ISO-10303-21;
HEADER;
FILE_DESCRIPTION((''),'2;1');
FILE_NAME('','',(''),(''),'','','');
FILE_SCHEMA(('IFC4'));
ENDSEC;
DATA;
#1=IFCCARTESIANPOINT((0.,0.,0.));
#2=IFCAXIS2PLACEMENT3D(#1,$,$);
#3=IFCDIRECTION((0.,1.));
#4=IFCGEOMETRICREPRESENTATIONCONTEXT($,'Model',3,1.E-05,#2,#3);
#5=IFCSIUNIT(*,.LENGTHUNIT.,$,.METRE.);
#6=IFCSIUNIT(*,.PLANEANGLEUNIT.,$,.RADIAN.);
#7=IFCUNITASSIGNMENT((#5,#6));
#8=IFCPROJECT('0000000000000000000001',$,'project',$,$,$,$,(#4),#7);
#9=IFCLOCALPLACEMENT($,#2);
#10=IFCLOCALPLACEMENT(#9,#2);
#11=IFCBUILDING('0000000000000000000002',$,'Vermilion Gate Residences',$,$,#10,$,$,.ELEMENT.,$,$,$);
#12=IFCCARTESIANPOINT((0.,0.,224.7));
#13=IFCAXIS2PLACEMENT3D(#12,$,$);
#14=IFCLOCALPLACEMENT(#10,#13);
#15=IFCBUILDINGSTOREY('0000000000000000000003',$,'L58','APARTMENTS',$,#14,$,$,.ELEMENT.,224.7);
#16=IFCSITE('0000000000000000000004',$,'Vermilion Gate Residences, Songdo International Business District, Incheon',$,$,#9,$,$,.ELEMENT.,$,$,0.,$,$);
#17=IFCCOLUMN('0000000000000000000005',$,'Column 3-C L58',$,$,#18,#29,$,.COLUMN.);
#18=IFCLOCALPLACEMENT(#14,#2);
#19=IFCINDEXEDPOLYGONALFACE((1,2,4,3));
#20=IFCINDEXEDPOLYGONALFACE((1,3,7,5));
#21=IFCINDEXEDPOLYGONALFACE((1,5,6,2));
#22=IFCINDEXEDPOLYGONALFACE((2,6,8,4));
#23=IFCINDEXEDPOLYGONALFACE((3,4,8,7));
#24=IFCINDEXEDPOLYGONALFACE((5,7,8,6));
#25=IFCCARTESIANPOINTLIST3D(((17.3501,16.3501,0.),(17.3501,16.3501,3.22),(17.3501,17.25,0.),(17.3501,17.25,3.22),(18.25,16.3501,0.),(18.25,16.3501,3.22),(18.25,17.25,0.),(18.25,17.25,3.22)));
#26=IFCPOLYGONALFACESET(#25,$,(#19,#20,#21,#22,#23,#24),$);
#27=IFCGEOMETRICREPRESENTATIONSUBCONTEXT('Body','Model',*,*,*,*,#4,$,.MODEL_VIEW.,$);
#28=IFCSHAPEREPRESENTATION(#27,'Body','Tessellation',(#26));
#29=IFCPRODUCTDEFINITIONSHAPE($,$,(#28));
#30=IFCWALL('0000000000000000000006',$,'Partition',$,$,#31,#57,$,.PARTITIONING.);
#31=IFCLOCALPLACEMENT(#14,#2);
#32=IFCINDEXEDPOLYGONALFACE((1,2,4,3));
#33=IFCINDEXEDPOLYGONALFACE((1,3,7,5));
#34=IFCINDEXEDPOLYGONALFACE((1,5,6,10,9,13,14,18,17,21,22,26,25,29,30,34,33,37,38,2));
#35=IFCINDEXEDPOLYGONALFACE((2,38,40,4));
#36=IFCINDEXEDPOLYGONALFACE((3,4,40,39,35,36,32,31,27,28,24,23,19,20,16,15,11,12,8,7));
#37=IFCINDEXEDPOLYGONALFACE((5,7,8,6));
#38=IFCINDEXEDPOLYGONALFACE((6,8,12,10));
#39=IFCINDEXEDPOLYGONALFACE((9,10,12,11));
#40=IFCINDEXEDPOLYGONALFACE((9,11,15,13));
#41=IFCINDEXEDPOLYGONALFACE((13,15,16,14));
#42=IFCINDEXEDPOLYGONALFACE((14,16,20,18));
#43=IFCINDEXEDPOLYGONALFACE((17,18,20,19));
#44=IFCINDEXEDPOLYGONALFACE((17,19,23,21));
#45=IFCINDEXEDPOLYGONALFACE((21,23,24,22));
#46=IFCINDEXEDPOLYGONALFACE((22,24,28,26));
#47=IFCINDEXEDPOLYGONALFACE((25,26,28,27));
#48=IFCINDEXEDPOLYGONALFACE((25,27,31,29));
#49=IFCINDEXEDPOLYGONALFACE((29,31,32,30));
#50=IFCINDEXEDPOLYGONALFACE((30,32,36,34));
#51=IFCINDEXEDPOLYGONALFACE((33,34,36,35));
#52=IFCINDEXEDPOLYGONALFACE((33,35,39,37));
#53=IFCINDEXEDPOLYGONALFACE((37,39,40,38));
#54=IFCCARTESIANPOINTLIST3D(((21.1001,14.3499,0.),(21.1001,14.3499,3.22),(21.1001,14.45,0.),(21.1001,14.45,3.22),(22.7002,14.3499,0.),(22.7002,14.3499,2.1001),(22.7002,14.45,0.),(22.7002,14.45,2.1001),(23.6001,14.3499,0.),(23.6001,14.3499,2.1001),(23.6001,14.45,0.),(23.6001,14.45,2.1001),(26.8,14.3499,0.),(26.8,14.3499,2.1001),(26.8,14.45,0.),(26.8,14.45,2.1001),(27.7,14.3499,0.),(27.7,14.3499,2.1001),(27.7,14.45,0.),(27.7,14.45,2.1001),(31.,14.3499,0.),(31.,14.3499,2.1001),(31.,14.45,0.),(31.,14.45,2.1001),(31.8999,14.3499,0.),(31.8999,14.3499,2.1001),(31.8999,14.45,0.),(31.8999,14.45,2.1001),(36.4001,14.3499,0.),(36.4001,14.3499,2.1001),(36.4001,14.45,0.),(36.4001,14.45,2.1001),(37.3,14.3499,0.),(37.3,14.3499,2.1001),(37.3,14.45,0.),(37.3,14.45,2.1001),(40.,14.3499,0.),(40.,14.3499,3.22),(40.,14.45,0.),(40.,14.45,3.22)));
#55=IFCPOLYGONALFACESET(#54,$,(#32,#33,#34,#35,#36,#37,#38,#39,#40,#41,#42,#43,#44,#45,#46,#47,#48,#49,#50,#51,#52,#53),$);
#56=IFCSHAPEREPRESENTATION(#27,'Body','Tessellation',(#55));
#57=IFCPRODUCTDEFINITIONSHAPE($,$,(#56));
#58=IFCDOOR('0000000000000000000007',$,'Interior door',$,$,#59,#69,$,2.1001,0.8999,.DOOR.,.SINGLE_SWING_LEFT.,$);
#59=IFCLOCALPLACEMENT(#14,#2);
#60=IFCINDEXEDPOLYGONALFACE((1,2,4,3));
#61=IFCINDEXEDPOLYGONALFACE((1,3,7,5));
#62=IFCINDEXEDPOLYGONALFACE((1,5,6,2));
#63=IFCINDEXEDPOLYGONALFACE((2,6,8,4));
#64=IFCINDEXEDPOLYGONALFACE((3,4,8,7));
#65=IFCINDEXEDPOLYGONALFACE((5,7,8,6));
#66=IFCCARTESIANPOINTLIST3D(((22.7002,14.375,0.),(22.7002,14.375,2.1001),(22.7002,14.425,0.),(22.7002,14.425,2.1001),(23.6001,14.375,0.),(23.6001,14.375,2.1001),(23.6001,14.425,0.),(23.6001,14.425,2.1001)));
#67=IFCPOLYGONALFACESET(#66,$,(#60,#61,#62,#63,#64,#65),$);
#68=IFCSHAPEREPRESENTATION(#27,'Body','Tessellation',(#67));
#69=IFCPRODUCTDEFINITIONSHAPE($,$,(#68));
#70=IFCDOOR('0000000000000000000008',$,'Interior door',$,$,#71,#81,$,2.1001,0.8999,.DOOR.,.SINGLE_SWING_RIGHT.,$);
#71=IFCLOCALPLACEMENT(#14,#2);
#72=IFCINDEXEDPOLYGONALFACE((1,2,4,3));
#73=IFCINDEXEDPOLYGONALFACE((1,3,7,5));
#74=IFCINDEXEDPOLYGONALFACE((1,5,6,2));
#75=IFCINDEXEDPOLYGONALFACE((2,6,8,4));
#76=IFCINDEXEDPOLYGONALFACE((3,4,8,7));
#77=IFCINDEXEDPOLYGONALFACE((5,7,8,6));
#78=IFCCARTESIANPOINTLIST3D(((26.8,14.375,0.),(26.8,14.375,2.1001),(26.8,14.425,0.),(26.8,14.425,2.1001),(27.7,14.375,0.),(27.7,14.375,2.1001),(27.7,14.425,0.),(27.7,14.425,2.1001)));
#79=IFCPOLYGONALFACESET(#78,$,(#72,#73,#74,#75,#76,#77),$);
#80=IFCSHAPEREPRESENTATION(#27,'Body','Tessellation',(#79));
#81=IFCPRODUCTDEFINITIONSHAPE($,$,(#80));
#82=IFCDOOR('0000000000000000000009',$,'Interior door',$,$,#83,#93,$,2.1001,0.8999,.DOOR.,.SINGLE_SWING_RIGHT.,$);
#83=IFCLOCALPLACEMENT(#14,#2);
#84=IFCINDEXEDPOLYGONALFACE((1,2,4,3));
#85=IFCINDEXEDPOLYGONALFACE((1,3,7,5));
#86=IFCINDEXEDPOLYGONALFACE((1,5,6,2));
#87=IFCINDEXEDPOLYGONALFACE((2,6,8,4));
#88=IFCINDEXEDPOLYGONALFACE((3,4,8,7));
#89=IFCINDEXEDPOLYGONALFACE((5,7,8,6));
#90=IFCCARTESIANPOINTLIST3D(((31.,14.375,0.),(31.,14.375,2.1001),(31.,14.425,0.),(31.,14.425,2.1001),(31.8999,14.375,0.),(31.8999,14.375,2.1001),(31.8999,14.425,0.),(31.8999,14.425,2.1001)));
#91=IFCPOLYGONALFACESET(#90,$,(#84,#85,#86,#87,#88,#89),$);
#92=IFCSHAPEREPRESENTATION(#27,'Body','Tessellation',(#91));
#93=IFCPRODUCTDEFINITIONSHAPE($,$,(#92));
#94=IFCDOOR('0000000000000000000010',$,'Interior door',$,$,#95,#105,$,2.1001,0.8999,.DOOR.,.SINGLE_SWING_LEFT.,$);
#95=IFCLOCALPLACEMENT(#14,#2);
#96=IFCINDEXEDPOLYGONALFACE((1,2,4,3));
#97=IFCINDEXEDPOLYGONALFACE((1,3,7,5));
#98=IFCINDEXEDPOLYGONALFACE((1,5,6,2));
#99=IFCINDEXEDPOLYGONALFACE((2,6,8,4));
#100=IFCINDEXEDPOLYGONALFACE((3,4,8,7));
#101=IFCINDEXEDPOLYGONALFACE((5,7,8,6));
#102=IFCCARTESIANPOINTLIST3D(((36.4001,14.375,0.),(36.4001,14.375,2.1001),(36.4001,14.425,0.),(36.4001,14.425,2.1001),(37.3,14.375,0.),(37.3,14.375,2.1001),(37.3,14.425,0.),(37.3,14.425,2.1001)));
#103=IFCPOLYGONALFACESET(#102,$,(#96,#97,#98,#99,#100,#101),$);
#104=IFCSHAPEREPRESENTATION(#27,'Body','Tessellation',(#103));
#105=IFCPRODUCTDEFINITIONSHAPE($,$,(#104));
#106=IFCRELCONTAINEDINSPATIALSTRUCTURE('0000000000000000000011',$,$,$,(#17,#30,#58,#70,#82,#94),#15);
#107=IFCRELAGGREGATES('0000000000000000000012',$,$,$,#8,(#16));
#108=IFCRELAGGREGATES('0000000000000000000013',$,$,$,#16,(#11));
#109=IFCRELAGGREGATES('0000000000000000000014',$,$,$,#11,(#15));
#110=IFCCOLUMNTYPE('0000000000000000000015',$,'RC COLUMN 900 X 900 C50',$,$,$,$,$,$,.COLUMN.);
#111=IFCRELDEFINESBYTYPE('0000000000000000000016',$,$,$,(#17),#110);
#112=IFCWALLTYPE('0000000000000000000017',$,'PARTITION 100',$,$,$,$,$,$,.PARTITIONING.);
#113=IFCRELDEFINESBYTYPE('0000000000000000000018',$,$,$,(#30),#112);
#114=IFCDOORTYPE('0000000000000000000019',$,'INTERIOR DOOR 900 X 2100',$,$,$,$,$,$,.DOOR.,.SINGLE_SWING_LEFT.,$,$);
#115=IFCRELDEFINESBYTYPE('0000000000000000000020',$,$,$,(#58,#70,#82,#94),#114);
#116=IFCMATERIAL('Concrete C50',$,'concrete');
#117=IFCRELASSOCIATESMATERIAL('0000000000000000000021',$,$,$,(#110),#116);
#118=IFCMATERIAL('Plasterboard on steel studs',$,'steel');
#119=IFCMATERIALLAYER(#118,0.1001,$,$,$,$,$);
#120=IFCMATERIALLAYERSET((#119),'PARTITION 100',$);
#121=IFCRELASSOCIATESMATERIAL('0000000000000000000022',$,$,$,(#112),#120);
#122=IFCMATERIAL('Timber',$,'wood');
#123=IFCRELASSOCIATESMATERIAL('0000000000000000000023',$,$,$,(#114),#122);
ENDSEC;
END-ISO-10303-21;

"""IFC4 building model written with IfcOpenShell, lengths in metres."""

from ifc_helpers import new_model, si_unit, direction, frame, frame_2d, origin, origin_2d, place, context, subcontext, project, spatial, rectangle, extrude, material, layer, layer_set, material_profile, profile_set, type_object, element, fill, save


model = new_model("IFC4")

# Units and contexts
model_context = context("Model", 3, precision=1e-05, world=origin(), true_north=direction((0.0, 1.0)))
body_context = subcontext(model_context, "Body", "Model", "MODEL_VIEW")
ifc_project = project(units=[si_unit("LENGTHUNIT", "METRE"), si_unit("PLANEANGLEUNIT", "RADIAN")], contexts=[model_context])

# Site, building, storey
site_placement = place(None, origin())
site = spatial("IfcSite", under=ifc_project, at=site_placement, Name="Vermilion Gate Residences, Songdo International Business District, Incheon", CompositionType="ELEMENT", RefElevation=0.0)
building_placement = place(site_placement, origin())
building = spatial("IfcBuilding", under=site, at=building_placement, Name="Vermilion Gate Residences", CompositionType="ELEMENT")
storey_placement = place(building_placement, frame((0.0, 0.0, 224.7)))
storey = spatial("IfcBuildingStorey", under=building, at=storey_placement, Name="L58", Description="APARTMENTS", CompositionType="ELEMENT", Elevation=224.7)

# Column
ifc_material_1 = material(Name="Concrete C50", Category="concrete")
ifc_material_profile = material_profile(ifc_material_1, rectangle(XDim=0.8999, YDim=0.8999, at=origin_2d()), Name="RC-900x900")
ifc_profile_set = profile_set([ifc_material_profile], Name="Concrete C50")
column_type = type_object("IfcColumnType", Name="RC COLUMN 900 X 900 C50", PredefinedType="COLUMN", material=ifc_profile_set)
column_placement = place(storey_placement, frame((17.8, 16.8, 0.0), z_axis=(0.0, 0.0, 1.0), x_axis=(1.0, 0.0, 0.0)))
element("IfcColumn", 1, at=column_placement, inside=storey, type_object=column_type, Name="Column 3-C L58", PredefinedType="COLUMN", context=body_context, shape_type="SweptSolid", body=[
    extrude(rectangle(XDim=0.8999, YDim=0.8999, at=origin_2d()), origin(), (0.0, 0.0, 1.0), 3.22),
])

# Wall, openings, doors
ifc_material_2 = material(Name="Plasterboard on steel studs", Category="steel")
ifc_layer_1 = layer(ifc_material_2, 0.1001)
ifc_layer_set_1 = layer_set([ifc_layer_1], Name="PARTITION 100")
wall_type_1 = type_object("IfcWallType", Name="PARTITION 100", PredefinedType="PARTITIONING", material=ifc_layer_set_1)
wall_1_placement = place(storey_placement, frame((21.1001, 14.3999, 0.0), z_axis=(0.0, 0.0, 1.0), x_axis=(1.0, 0.0, 0.0)))
wall_1 = element("IfcWall", 2, at=wall_1_placement, inside=storey, type_object=wall_type_1, Name="Partition", PredefinedType="PARTITIONING", context=body_context, shape_type="SweptSolid", body=[
    extrude(rectangle(XDim=18.8999, YDim=0.1001, at=frame_2d((9.45, 0.0))), origin(), (0.0, 0.0, 1.0), 3.22),
])
opening_1_placement = place(wall_1_placement, frame((1.6001, 0.0, 0.0)))
opening_1 = element("IfcOpeningElement", 3, at=opening_1_placement, cuts=wall_1, PredefinedType="OPENING", context=body_context, shape_type="SweptSolid", body=[
    extrude(rectangle(XDim=0.8999, YDim=2.1001, at=frame_2d((0.45, 1.05))), frame((0.0, 0.0601, 0.0), z_axis=(0.0, -1.0, 0.0), x_axis=(1.0, 0.0, 0.0)), (0.0, 0.0, 1.0), 0.1201),
])
opening_2_placement = place(wall_1_placement, frame((5.7, 0.0, 0.0)))
opening_2 = element("IfcOpeningElement", 4, at=opening_2_placement, cuts=wall_1, PredefinedType="OPENING", context=body_context, shape_type="SweptSolid", body=[
    extrude(rectangle(XDim=0.8999, YDim=2.1001, at=frame_2d((0.45, 1.05))), frame((0.0, 0.0601, 0.0), z_axis=(0.0, -1.0, 0.0), x_axis=(1.0, 0.0, 0.0)), (0.0, 0.0, 1.0), 0.1201),
])
opening_3_placement = place(wall_1_placement, frame((9.8999, 0.0, 0.0)))
opening_3 = element("IfcOpeningElement", 5, at=opening_3_placement, cuts=wall_1, PredefinedType="OPENING", context=body_context, shape_type="SweptSolid", body=[
    extrude(rectangle(XDim=0.8999, YDim=2.1001, at=frame_2d((0.45, 1.05))), frame((0.0, 0.0601, 0.0), z_axis=(0.0, -1.0, 0.0), x_axis=(1.0, 0.0, 0.0)), (0.0, 0.0, 1.0), 0.1201),
])
opening_4_placement = place(wall_1_placement, frame((15.3, 0.0, 0.0)))
opening_4 = element("IfcOpeningElement", 6, at=opening_4_placement, cuts=wall_1, PredefinedType="OPENING", context=body_context, shape_type="SweptSolid", body=[
    extrude(rectangle(XDim=0.8999, YDim=2.1001, at=frame_2d((0.45, 1.05))), frame((0.0, 0.0601, 0.0), z_axis=(0.0, -1.0, 0.0), x_axis=(1.0, 0.0, 0.0)), (0.0, 0.0, 1.0), 0.1201),
])
ifc_material_3 = material(Name="Timber", Category="wood")
door_type_1 = type_object("IfcDoorType", Name="INTERIOR DOOR 900 X 2100", OperationType="SINGLE_SWING_LEFT", PredefinedType="DOOR", material=ifc_material_3)
door_1_placement = place(opening_1_placement, frame((0.8999, 0.0, 0.0), z_axis=(0.0, 0.0, 1.0), x_axis=(-1.0, 0.0, 0.0)))
door_1 = element("IfcDoor", 7, at=door_1_placement, inside=storey, type_object=door_type_1, Name="Interior door", OperationType="SINGLE_SWING_LEFT", OverallHeight=2.1001, OverallWidth=0.8999, PredefinedType="DOOR", context=body_context, shape_type="SweptSolid", body=[
    extrude(rectangle(XDim=0.8999, YDim=2.1001, at=frame_2d((0.45, 1.05))), frame((0.0, 0.0249, 0.0), z_axis=(0.0, -1.0, 0.0), x_axis=(1.0, 0.0, 0.0)), (0.0, 0.0, 1.0), 0.05),
])
fill(opening_1, door_1)
door_2_placement = place(opening_2_placement, frame((0.8999, 0.0, 0.0), z_axis=(0.0, 0.0, 1.0), x_axis=(-1.0, 0.0, 0.0)))
door_2 = element("IfcDoor", 8, at=door_2_placement, inside=storey, type_object=door_type_1, Name="Interior door", OperationType="SINGLE_SWING_RIGHT", OverallHeight=2.1001, OverallWidth=0.8999, PredefinedType="DOOR", context=body_context, shape_type="SweptSolid", body=[
    extrude(rectangle(XDim=0.8999, YDim=2.1001, at=frame_2d((0.45, 1.05))), frame((0.0, 0.0249, 0.0), z_axis=(0.0, -1.0, 0.0), x_axis=(1.0, 0.0, 0.0)), (0.0, 0.0, 1.0), 0.05),
])
fill(opening_2, door_2)
door_3_placement = place(opening_3_placement, frame((0.8999, 0.0, 0.0), z_axis=(0.0, 0.0, 1.0), x_axis=(-1.0, 0.0, 0.0)))
door_3 = element("IfcDoor", 9, at=door_3_placement, inside=storey, type_object=door_type_1, Name="Interior door", OperationType="SINGLE_SWING_RIGHT", OverallHeight=2.1001, OverallWidth=0.8999, PredefinedType="DOOR", context=body_context, shape_type="SweptSolid", body=[
    extrude(rectangle(XDim=0.8999, YDim=2.1001, at=frame_2d((0.45, 1.05))), frame((0.0, 0.0249, 0.0), z_axis=(0.0, -1.0, 0.0), x_axis=(1.0, 0.0, 0.0)), (0.0, 0.0, 1.0), 0.05),
])
fill(opening_3, door_3)
door_4_placement = place(opening_4_placement, frame((0.8999, 0.0, 0.0), z_axis=(0.0, 0.0, 1.0), x_axis=(-1.0, 0.0, 0.0)))
door_4 = element("IfcDoor", 10, at=door_4_placement, inside=storey, type_object=door_type_1, Name="Interior door", OperationType="SINGLE_SWING_LEFT", OverallHeight=2.1001, OverallWidth=0.8999, PredefinedType="DOOR", context=body_context, shape_type="SweptSolid", body=[
    extrude(rectangle(XDim=0.8999, YDim=2.1001, at=frame_2d((0.45, 1.05))), frame((0.0, 0.0249, 0.0), z_axis=(0.0, -1.0, 0.0), x_axis=(1.0, 0.0, 0.0)), (0.0, 0.0, 1.0), 0.05),
])
fill(opening_4, door_4)

save(model, "model.ifc")
